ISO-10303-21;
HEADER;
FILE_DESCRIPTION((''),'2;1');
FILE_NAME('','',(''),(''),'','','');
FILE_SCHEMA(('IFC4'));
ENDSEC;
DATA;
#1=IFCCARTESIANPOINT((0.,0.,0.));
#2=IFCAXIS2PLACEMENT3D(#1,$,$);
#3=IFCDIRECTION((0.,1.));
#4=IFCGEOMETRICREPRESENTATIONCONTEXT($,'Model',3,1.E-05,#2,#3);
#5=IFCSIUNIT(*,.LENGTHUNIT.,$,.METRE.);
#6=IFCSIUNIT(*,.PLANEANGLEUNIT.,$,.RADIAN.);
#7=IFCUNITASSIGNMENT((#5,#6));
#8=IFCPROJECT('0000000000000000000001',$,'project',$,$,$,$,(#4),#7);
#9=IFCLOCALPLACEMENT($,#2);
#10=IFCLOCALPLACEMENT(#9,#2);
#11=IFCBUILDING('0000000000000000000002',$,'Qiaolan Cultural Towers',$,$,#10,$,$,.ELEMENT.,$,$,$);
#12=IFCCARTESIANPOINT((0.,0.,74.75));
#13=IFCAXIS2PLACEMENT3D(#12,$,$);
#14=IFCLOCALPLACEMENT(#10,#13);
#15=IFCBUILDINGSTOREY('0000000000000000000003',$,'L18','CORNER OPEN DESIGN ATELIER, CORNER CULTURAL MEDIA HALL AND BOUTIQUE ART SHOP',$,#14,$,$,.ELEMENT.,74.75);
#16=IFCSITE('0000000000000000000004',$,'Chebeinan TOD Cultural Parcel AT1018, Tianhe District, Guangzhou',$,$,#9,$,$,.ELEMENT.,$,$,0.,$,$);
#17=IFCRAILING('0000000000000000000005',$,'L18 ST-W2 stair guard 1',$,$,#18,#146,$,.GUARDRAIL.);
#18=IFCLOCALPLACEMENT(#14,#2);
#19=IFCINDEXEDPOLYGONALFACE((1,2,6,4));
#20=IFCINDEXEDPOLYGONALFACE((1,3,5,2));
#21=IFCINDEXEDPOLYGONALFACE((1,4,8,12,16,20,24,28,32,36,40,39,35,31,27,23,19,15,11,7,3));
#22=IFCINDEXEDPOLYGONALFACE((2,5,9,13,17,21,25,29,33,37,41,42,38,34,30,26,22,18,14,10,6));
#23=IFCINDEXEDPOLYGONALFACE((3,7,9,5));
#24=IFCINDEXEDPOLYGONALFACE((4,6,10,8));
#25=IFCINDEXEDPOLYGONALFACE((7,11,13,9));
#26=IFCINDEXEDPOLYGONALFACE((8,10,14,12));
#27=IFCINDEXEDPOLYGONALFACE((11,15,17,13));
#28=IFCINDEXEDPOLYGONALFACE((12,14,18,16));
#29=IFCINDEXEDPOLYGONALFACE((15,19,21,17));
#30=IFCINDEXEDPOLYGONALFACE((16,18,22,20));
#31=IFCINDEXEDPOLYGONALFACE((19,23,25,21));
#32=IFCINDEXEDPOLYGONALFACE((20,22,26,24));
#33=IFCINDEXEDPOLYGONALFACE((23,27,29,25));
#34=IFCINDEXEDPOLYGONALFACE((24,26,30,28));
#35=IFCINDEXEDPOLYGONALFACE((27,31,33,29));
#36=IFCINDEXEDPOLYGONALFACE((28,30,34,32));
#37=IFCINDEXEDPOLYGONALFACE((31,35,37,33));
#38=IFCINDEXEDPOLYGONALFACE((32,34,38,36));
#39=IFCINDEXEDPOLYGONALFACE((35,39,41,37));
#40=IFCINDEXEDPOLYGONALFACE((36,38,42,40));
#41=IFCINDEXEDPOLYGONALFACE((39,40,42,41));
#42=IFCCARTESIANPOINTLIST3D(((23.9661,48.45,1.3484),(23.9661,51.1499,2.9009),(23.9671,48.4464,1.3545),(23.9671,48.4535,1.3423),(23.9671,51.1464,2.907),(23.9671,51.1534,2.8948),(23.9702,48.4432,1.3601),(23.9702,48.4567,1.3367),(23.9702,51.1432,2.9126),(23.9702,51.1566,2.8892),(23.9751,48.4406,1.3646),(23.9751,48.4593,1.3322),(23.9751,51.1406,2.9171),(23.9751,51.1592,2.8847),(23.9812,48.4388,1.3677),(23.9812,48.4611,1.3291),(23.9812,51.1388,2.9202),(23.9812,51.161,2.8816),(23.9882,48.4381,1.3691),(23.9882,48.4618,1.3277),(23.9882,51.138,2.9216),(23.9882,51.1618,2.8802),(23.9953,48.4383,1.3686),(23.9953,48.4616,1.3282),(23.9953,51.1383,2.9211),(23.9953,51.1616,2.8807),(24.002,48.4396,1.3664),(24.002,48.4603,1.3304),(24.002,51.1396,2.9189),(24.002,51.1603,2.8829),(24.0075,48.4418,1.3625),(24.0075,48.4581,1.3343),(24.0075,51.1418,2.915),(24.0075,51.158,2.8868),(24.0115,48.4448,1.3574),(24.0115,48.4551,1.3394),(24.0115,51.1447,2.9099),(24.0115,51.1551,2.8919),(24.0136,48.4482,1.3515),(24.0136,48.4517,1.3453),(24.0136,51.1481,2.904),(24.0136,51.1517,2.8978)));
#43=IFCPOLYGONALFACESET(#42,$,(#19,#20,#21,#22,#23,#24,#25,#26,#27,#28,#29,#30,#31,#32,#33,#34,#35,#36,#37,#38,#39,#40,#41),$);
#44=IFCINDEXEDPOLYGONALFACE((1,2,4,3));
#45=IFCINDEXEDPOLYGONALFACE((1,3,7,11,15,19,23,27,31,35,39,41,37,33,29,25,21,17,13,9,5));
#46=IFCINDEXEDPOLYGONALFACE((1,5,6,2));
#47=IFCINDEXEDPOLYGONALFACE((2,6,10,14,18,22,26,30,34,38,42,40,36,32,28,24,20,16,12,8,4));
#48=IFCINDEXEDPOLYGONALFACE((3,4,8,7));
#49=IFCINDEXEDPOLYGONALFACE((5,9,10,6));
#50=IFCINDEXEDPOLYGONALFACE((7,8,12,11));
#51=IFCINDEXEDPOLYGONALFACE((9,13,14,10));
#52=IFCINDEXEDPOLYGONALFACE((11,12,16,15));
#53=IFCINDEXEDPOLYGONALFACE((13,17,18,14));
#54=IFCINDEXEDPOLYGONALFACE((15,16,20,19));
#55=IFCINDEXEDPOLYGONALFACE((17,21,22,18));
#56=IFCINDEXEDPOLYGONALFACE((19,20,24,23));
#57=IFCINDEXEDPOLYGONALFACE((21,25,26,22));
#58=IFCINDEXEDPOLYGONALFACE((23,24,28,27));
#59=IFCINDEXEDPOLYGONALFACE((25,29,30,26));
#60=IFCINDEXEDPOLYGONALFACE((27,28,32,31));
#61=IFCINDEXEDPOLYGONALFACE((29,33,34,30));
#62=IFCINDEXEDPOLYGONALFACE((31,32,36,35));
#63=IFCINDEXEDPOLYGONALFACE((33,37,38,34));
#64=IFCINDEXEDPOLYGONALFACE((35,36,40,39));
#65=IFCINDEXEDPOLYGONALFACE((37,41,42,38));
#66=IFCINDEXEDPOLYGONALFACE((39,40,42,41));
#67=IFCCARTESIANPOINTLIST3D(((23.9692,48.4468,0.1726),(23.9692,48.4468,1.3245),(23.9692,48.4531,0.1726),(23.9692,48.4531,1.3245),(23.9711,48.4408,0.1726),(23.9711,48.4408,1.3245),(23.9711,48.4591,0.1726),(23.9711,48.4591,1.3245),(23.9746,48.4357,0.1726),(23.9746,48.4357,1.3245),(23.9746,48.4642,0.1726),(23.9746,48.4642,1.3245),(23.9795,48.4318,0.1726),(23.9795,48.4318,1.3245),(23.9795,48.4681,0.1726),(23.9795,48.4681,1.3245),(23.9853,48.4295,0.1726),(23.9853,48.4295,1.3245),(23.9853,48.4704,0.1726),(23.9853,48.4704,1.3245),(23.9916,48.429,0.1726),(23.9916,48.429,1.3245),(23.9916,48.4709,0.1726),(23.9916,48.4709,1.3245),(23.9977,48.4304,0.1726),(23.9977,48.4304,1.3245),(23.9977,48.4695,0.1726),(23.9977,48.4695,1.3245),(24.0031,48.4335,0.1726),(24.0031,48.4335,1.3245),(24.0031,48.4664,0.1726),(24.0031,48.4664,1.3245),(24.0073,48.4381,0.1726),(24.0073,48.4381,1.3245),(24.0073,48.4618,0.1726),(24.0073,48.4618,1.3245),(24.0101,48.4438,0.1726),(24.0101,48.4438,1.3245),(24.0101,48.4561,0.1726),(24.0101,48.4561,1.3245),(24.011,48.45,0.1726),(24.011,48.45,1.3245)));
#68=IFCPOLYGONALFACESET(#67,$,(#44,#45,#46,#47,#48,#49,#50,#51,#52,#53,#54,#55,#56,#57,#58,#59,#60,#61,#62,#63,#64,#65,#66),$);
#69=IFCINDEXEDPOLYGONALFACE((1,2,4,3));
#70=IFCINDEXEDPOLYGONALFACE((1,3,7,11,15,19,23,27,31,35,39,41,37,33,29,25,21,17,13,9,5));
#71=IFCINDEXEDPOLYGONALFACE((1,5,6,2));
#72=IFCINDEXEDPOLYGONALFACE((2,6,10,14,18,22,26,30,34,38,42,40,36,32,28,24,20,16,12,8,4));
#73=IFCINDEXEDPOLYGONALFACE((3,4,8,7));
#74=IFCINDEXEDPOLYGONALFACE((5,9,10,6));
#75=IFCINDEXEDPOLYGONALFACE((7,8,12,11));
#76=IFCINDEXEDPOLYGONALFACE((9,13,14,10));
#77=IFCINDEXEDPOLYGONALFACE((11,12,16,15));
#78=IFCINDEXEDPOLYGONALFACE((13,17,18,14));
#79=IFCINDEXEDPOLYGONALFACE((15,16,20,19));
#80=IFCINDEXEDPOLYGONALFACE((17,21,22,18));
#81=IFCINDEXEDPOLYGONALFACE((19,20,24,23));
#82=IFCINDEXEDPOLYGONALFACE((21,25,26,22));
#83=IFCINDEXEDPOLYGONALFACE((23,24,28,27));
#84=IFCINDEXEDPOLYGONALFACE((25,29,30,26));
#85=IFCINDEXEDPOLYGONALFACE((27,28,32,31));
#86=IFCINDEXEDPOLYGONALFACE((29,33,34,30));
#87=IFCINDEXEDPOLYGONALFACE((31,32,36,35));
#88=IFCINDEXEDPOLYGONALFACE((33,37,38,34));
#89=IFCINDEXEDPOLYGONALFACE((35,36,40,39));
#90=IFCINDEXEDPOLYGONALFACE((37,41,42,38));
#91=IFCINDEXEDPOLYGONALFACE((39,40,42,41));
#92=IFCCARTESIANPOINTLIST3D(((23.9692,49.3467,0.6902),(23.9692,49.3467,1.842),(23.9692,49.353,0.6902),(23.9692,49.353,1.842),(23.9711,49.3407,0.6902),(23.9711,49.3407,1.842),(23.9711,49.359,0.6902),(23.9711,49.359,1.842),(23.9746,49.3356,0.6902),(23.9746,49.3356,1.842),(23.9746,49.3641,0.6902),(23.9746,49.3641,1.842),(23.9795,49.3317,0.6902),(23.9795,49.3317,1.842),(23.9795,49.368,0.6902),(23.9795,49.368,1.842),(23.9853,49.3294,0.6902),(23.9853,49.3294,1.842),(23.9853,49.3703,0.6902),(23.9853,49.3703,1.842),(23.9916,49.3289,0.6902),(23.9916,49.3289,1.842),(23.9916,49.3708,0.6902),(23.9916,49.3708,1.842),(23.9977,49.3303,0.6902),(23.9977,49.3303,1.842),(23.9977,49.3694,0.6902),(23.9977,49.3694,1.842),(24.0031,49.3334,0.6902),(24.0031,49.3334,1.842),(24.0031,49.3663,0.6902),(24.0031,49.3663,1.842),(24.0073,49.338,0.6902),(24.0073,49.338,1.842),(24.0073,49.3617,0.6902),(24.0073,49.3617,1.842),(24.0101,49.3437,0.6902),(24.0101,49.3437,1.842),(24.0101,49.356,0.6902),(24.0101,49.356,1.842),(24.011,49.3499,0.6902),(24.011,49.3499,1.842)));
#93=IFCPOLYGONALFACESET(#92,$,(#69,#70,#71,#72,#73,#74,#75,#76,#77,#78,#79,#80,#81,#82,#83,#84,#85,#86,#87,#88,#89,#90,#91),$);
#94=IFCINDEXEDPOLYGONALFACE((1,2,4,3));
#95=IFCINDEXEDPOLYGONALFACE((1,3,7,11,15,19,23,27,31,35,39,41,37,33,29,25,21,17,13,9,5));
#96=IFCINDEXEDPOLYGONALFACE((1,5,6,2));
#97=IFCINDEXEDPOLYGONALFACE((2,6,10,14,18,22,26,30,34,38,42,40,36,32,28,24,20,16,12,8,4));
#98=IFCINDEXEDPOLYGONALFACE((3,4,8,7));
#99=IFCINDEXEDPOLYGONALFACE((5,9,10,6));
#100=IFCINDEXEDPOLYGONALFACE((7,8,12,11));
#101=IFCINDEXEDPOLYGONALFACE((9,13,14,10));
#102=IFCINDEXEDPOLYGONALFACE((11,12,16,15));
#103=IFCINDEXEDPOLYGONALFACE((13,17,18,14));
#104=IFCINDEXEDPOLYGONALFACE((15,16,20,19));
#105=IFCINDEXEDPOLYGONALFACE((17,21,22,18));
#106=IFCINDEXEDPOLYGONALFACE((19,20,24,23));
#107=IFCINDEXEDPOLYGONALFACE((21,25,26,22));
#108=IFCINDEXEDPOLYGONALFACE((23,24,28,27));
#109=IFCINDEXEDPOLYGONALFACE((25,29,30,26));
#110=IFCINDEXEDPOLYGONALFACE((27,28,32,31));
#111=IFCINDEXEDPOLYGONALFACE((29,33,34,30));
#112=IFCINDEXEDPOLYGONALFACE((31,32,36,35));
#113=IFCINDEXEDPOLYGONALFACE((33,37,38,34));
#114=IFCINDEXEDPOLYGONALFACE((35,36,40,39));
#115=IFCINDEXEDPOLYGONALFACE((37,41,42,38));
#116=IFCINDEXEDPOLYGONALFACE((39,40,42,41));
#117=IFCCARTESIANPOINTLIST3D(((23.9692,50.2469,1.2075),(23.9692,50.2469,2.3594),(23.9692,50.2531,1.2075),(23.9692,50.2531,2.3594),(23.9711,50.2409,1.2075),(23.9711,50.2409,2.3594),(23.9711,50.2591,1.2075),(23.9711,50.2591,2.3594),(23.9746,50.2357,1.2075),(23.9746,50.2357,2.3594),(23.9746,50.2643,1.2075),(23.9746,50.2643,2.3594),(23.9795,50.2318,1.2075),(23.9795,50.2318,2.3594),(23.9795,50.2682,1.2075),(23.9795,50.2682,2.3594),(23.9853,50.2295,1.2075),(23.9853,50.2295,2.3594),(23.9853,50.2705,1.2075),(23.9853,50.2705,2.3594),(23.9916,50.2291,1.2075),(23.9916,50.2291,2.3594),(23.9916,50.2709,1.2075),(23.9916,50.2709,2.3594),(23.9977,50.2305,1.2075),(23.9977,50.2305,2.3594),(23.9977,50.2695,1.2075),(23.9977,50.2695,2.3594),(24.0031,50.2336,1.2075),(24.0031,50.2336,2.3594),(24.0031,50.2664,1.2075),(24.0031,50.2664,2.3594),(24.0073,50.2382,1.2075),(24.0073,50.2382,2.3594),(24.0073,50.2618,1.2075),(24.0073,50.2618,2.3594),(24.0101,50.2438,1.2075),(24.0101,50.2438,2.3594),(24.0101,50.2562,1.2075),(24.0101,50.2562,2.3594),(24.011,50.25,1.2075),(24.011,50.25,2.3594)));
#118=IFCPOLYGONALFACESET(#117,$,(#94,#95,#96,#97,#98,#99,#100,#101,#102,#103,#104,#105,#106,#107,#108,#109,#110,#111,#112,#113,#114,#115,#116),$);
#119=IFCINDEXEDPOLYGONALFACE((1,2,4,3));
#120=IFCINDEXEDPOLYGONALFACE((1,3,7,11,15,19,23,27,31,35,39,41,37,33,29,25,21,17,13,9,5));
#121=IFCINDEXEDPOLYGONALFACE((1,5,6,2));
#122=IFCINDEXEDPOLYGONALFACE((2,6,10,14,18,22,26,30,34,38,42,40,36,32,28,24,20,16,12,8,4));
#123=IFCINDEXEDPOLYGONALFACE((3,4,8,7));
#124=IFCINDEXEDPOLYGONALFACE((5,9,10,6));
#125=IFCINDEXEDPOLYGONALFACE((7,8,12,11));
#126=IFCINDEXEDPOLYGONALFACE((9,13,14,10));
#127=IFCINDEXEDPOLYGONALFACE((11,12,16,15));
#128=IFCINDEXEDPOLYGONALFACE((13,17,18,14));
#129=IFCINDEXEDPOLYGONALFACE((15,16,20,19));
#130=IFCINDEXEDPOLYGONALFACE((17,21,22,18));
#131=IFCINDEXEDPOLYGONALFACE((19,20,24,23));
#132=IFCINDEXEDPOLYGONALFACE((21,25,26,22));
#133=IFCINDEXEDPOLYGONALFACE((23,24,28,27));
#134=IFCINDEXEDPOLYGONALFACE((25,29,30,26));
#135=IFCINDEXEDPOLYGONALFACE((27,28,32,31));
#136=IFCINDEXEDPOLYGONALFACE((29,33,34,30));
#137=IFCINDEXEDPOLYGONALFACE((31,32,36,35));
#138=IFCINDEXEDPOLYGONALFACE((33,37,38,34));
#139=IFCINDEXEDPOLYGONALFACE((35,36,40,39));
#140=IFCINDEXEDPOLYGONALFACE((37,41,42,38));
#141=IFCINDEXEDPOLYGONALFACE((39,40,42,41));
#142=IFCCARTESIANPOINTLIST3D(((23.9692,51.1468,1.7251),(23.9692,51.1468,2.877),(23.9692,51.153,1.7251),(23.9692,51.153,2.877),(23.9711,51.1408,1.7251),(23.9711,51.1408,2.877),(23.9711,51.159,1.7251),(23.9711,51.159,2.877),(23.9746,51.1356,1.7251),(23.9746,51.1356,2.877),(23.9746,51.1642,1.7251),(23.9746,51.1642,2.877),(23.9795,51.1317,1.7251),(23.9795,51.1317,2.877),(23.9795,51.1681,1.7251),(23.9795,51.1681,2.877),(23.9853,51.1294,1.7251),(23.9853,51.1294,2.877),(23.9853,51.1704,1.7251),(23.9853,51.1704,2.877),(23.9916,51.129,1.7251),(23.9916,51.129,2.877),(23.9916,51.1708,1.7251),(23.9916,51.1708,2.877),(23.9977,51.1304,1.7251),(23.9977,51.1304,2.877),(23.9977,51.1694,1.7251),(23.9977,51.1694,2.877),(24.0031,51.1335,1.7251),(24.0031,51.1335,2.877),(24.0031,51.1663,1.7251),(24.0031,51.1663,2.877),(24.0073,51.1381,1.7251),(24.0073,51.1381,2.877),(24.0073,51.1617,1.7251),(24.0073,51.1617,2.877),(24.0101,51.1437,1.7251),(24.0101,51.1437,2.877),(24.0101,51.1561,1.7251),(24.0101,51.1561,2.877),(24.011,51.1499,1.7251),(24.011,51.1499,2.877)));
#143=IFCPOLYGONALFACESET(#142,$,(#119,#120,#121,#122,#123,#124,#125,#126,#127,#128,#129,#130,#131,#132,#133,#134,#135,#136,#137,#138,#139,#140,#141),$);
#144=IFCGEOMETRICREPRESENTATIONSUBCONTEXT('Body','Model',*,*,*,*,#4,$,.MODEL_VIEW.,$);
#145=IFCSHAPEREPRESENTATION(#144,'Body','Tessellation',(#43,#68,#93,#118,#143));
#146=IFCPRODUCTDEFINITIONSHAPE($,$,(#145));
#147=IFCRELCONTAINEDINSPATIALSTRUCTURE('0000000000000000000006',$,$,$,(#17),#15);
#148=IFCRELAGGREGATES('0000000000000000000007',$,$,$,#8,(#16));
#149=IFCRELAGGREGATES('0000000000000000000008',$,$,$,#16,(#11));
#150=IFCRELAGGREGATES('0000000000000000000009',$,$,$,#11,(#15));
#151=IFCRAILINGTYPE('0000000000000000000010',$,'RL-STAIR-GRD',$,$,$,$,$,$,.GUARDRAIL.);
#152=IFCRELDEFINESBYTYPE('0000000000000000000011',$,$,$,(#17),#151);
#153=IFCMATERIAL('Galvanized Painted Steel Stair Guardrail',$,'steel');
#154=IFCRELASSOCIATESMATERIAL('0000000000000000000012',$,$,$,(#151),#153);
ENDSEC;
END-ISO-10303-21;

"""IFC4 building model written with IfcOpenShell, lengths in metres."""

from ifc_helpers import new_model, si_unit, direction, frame, origin, origin_2d, place, context, subcontext, project, spatial, circle, extrude, material, type_object, element, save


model = new_model("IFC4")

# Units and contexts
model_context = context("Model", 3, precision=1e-05, world=origin(), true_north=direction((0.0, 1.0)))
body_context = subcontext(model_context, "Body", "Model", "MODEL_VIEW")
ifc_project = project(units=[si_unit("LENGTHUNIT", "METRE"), si_unit("PLANEANGLEUNIT", "RADIAN")], contexts=[model_context])

# Site, building, storey
site_placement = place(None, origin())
site = spatial("IfcSite", under=ifc_project, at=site_placement, Name="Chebeinan TOD Cultural Parcel AT1018, Tianhe District, Guangzhou", CompositionType="ELEMENT", RefElevation=0.0)
building_placement = place(site_placement, origin())
building = spatial("IfcBuilding", under=site, at=building_placement, Name="Qiaolan Cultural Towers", CompositionType="ELEMENT")
storey_placement = place(building_placement, frame((0.0, 0.0, 74.75)))
storey = spatial("IfcBuildingStorey", under=building, at=storey_placement, Name="L18", Description="CORNER OPEN DESIGN ATELIER, CORNER CULTURAL MEDIA HALL AND BOUTIQUE ART SHOP", CompositionType="ELEMENT", Elevation=74.75)

# Railing
ifc_material_1 = material(Name="Galvanized Painted Steel Stair Guardrail", Category="steel")
railing_type_1 = type_object("IfcRailingType", Name="RL-STAIR-GRD", PredefinedType="GUARDRAIL", material=ifc_material_1)
railing_1_placement = place(storey_placement, frame((23.99, 48.45, 0.1726)))
element("IfcRailing", 1, at=railing_1_placement, inside=storey, type_object=railing_type_1, Name="L18 ST-W2 stair guard 1", PredefinedType="GUARDRAIL", context=body_context, shape_type="SweptSolid", body=[
    extrude(circle(Radius=0.0239, at=origin_2d()), frame((0.0, 0.0, 1.1758), z_axis=(0.0, 0.866904, 0.498476), x_axis=(-1.0, 0.0, 0.0)), (0.0, 0.0, 1.0), 3.1145),
    extrude(circle(Radius=0.021, at=origin_2d()), origin(), (0.0, 0.0, 1.0), 1.1519),
    extrude(circle(Radius=0.021, at=origin_2d()), frame((0.0, 0.8999, 0.5176)), (0.0, 0.0, 1.0), 1.1519),
    extrude(circle(Radius=0.021, at=origin_2d()), frame((0.0, 1.8, 1.0349)), (0.0, 0.0, 1.0), 1.1519),
    extrude(circle(Radius=0.021, at=origin_2d()), frame((0.0, 2.7, 1.5525)), (0.0, 0.0, 1.0), 1.1519),
])

save(model, "model.ifc")
